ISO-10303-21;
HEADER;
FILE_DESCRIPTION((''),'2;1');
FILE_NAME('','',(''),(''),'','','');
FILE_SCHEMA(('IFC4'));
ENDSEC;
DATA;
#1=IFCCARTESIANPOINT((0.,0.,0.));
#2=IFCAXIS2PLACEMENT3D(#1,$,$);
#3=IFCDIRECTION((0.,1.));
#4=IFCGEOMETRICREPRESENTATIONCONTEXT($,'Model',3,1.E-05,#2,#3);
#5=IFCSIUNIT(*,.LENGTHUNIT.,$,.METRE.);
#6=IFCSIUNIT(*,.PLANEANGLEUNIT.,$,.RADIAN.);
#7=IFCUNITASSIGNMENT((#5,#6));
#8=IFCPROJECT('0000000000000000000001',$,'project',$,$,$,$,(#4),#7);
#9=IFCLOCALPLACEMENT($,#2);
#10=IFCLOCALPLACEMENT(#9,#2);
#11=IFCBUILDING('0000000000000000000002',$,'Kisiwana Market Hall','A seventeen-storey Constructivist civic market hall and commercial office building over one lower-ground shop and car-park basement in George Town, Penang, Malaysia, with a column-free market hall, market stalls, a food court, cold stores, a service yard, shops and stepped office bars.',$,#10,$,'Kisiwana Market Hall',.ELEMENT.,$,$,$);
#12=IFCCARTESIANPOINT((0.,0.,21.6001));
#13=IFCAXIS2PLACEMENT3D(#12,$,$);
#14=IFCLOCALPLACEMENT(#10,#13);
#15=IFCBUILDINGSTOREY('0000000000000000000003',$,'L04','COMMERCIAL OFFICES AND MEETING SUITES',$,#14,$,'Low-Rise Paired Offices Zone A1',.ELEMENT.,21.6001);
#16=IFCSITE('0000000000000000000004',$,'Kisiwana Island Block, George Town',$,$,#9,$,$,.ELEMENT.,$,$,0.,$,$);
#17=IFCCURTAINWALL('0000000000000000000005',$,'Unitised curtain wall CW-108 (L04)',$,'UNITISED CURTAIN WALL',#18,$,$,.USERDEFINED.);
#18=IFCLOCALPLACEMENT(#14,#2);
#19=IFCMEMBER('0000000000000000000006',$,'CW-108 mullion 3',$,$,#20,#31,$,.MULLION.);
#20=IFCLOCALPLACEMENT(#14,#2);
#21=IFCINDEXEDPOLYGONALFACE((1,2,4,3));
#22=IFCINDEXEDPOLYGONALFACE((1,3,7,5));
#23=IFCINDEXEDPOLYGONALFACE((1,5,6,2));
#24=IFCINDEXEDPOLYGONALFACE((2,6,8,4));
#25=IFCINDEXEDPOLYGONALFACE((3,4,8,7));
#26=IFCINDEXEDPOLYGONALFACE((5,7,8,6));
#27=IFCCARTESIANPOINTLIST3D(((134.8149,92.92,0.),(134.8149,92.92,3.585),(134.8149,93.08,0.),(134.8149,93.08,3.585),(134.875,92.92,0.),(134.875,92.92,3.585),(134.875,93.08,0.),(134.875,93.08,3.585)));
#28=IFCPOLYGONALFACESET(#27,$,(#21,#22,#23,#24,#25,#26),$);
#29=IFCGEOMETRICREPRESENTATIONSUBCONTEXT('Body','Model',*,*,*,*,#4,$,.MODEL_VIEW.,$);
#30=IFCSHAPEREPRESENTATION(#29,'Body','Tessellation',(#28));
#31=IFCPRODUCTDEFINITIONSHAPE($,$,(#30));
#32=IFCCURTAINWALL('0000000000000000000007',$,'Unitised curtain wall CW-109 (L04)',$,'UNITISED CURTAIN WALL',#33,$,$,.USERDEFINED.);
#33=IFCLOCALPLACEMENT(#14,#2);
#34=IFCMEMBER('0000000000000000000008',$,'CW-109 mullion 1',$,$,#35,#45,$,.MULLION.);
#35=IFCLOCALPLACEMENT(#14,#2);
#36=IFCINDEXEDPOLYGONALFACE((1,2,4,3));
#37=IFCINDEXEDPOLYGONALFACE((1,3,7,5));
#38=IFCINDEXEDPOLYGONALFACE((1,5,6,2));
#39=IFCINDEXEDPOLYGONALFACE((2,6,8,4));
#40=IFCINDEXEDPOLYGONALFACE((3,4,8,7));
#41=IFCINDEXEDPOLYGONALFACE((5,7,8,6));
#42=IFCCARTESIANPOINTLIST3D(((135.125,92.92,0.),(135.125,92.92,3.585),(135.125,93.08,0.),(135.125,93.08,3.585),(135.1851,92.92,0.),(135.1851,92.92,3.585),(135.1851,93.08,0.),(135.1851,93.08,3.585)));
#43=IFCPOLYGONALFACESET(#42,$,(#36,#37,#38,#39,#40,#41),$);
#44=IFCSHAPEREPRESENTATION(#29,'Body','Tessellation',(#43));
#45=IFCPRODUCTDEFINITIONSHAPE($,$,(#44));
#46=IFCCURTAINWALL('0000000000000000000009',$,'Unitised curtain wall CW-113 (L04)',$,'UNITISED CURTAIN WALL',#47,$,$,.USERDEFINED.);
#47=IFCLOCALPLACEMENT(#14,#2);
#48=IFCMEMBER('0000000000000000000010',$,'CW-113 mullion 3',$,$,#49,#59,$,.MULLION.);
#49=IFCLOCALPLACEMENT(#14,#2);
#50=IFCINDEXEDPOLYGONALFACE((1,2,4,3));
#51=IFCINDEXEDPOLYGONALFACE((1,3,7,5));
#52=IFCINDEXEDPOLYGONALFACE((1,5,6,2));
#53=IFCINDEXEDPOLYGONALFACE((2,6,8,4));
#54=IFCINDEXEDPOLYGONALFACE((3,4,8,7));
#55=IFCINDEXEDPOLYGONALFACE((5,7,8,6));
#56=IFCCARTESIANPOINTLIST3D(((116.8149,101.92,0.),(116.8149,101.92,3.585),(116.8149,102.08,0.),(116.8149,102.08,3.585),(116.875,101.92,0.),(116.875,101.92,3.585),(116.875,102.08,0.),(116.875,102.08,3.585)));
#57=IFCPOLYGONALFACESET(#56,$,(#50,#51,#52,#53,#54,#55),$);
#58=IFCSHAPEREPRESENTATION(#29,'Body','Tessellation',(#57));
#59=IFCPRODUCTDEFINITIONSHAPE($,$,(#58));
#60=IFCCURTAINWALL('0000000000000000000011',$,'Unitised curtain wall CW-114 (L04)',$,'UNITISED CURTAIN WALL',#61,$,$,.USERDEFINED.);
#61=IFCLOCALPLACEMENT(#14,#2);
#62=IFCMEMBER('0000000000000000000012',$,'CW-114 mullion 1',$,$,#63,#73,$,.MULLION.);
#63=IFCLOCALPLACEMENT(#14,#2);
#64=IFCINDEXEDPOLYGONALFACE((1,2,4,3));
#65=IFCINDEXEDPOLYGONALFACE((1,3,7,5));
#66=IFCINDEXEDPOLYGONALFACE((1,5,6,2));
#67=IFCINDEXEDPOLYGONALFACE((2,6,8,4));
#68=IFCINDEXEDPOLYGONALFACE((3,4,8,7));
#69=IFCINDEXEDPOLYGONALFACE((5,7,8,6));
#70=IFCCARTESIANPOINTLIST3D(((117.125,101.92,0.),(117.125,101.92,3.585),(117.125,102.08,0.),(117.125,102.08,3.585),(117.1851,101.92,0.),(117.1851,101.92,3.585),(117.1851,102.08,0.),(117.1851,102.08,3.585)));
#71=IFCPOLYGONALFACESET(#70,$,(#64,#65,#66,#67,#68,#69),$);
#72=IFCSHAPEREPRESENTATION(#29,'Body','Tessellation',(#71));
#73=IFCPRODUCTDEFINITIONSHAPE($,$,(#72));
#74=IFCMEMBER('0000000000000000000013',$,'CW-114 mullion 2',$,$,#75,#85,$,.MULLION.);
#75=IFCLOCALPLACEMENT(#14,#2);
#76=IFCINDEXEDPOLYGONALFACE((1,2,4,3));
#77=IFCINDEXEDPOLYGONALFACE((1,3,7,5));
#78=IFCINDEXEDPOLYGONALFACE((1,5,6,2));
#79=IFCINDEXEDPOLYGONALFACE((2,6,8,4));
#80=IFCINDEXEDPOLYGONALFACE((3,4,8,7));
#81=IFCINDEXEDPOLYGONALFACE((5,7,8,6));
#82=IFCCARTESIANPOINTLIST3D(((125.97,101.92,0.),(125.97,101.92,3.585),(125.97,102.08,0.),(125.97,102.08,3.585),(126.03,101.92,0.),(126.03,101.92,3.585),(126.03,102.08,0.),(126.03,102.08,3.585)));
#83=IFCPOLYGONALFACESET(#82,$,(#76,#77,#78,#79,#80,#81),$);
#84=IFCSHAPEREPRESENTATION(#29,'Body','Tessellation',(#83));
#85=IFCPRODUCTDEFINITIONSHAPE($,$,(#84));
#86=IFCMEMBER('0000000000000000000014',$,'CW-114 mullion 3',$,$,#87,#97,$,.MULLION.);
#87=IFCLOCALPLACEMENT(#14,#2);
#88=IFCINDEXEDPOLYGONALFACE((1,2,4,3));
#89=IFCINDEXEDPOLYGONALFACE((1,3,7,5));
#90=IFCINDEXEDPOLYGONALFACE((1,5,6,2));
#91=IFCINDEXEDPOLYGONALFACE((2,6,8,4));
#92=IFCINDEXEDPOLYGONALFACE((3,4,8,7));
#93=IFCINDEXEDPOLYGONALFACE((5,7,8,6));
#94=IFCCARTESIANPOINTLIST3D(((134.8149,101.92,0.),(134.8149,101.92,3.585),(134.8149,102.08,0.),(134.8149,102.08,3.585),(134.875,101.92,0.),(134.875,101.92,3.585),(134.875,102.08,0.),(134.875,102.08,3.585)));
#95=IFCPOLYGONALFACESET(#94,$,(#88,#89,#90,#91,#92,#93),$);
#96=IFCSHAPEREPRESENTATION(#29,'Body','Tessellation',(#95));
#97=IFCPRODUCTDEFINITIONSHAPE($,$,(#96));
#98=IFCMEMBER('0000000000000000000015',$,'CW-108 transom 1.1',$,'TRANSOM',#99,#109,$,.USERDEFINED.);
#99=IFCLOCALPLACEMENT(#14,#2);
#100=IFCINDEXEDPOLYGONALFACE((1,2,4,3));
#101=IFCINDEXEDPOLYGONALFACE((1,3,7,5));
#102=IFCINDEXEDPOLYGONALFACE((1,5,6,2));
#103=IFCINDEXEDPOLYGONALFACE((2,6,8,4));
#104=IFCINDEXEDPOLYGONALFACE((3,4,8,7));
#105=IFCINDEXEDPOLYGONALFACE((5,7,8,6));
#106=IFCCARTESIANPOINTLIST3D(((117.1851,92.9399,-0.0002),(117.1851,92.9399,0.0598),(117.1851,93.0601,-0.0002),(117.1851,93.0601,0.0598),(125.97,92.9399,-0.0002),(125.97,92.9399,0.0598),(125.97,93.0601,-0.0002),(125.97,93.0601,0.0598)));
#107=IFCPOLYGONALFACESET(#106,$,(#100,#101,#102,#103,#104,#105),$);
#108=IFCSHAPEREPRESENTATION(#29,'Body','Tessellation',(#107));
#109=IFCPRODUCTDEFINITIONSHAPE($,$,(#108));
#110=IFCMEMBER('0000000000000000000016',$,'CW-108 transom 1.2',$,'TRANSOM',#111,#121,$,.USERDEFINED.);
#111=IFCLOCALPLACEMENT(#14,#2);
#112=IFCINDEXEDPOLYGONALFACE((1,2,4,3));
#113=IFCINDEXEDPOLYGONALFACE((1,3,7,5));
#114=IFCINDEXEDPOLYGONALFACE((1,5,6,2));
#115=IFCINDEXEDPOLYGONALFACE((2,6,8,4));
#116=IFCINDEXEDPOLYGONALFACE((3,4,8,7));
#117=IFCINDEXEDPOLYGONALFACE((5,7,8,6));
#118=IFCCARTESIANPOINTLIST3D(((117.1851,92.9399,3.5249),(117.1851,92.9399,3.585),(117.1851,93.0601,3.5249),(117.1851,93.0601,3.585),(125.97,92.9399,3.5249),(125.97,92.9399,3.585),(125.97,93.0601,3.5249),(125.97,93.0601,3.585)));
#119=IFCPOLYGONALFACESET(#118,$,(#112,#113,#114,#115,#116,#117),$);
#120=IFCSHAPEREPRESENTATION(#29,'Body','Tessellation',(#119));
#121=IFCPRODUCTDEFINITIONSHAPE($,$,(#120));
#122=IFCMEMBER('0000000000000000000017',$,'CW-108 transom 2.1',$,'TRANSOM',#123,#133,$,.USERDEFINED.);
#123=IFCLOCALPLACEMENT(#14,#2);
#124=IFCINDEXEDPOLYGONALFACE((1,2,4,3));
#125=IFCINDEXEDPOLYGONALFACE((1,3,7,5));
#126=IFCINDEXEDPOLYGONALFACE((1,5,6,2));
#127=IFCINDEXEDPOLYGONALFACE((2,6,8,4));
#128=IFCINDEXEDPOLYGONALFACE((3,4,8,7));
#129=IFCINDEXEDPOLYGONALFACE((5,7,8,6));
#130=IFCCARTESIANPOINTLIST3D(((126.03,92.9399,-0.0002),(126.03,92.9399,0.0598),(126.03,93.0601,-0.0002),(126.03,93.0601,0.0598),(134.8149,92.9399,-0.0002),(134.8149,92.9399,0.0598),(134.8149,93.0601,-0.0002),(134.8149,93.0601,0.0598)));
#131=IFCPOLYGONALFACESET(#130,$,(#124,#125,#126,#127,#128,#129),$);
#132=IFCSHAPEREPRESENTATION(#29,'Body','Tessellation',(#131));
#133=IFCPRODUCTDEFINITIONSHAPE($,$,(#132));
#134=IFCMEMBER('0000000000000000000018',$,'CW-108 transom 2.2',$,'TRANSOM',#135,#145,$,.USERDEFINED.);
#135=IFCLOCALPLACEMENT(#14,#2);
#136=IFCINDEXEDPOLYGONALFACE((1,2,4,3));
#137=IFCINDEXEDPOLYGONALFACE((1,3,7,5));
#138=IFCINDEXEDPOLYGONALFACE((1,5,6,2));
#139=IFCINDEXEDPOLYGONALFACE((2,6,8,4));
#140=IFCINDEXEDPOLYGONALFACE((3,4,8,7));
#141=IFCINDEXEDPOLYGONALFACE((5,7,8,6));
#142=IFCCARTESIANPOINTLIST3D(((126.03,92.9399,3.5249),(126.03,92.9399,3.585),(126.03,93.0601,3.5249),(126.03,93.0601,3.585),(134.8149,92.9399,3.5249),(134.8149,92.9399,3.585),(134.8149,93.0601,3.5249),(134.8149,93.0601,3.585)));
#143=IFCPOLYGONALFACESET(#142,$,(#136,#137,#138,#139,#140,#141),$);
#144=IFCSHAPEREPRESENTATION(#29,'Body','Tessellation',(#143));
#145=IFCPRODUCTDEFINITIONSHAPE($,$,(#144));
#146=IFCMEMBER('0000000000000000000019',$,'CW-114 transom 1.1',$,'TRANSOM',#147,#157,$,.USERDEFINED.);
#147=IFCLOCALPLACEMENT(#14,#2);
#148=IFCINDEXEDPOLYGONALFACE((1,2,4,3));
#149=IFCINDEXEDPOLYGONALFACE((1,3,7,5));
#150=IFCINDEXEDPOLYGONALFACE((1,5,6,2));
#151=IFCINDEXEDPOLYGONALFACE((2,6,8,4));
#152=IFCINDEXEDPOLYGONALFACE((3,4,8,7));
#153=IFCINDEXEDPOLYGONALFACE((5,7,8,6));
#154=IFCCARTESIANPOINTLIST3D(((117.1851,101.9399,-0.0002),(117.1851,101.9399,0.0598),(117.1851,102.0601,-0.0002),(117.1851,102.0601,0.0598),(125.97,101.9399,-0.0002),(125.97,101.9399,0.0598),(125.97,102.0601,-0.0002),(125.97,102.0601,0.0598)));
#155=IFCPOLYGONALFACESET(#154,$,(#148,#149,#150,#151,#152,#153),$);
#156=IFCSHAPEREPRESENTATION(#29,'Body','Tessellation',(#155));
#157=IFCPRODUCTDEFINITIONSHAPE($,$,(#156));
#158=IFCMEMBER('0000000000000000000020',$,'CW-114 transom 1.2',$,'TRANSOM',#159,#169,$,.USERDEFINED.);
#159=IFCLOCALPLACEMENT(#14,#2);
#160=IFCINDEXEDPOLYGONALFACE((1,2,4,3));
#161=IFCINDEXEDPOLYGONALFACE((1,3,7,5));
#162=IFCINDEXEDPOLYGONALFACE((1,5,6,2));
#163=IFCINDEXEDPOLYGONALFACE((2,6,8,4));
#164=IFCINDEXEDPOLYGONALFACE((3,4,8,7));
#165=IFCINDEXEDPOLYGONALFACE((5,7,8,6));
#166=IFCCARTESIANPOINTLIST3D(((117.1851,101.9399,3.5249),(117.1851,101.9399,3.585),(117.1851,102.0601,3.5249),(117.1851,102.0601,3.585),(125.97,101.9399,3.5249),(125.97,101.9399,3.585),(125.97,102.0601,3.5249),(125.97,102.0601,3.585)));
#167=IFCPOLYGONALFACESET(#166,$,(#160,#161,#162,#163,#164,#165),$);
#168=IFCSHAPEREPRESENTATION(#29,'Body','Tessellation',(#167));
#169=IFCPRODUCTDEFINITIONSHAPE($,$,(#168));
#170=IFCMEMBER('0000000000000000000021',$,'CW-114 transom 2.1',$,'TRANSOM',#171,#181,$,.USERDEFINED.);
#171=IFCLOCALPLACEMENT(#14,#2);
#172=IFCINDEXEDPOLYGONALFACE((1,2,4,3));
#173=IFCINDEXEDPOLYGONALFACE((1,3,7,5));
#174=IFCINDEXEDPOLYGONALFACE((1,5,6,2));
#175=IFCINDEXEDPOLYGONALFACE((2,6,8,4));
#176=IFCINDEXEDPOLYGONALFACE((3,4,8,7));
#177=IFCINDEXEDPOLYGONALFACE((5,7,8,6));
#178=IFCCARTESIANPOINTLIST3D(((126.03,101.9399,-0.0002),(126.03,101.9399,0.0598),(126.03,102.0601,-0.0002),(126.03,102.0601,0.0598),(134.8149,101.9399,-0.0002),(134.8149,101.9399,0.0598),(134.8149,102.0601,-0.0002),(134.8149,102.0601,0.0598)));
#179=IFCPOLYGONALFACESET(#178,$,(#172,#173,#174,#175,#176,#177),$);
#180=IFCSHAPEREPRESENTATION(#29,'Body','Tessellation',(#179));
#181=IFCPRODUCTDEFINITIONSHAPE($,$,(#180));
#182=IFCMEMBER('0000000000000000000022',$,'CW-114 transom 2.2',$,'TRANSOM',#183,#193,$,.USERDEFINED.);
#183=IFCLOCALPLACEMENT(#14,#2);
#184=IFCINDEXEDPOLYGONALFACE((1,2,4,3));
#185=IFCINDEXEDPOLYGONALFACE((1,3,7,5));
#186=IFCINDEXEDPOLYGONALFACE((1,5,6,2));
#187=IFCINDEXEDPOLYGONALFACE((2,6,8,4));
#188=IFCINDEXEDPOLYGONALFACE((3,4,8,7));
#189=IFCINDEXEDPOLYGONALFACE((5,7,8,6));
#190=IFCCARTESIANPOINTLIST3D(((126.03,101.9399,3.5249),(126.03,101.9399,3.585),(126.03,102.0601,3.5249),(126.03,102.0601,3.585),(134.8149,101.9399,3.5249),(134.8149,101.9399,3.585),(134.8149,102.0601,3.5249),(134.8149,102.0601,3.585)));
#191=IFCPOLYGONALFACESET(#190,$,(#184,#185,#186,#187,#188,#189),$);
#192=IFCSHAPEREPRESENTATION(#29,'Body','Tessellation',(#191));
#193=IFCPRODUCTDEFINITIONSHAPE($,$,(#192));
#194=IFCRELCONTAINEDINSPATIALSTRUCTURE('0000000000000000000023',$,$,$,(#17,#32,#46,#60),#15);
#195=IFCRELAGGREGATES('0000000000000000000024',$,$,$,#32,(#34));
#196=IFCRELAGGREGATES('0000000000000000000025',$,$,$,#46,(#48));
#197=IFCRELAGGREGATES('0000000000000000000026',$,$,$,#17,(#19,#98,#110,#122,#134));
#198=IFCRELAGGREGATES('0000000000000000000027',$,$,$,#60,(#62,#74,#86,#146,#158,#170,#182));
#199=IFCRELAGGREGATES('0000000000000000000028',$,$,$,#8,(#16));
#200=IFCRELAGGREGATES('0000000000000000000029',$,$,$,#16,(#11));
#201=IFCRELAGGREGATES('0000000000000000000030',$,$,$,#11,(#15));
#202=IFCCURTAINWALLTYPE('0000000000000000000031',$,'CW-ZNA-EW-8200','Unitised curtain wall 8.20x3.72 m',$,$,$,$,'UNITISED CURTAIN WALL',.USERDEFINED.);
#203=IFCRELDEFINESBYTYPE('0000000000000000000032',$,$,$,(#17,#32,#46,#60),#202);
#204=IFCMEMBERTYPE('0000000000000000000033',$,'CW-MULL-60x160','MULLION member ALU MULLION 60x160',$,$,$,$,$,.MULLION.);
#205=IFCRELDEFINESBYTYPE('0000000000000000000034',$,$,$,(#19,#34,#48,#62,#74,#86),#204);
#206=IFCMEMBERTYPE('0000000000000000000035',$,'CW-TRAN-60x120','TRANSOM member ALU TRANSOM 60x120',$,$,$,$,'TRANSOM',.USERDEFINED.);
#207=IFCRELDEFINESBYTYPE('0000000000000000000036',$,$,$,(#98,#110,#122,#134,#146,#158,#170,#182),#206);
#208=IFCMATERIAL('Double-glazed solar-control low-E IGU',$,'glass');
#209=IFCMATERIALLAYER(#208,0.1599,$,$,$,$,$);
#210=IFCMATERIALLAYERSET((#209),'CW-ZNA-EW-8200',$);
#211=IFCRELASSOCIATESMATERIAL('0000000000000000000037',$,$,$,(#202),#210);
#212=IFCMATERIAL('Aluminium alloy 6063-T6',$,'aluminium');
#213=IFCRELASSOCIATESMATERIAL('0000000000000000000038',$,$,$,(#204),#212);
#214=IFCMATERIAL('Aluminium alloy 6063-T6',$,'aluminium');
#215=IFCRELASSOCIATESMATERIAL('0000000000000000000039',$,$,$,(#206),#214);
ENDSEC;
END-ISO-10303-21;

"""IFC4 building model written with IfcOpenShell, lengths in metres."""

from ifc_helpers import new_model, si_unit, direction, frame, origin, origin_2d, place, context, subcontext, project, spatial, rectangle, extrude, material, layer, layer_set, material_profile, profile_set, type_object, element, aggregate, save


model = new_model("IFC4")

# Units and contexts
model_context = context("Model", 3, precision=1e-05, world=origin(), true_north=direction((0.0, 1.0)))
body_context = subcontext(model_context, "Body", "Model", "MODEL_VIEW")
ifc_project = project(units=[si_unit("LENGTHUNIT", "METRE"), si_unit("PLANEANGLEUNIT", "RADIAN")], contexts=[model_context])

# Site, building, storey
site_placement = place(None, origin())
site = spatial("IfcSite", under=ifc_project, at=site_placement, Name="Kisiwana Island Block, George Town", CompositionType="ELEMENT", RefElevation=0.0)
building_placement = place(site_placement, origin())
building = spatial("IfcBuilding", under=site, at=building_placement, Name="Kisiwana Market Hall", Description="A seventeen-storey Constructivist civic market hall and commercial office building over one lower-ground shop and car-park basement in George Town, Penang, Malaysia, with a column-free market hall, market stalls, a food court, cold stores, a service yard, shops and stepped office bars.", LongName="Kisiwana Market Hall", CompositionType="ELEMENT")
storey_placement = place(building_placement, frame((0.0, 0.0, 21.6001)))
storey = spatial("IfcBuildingStorey", under=building, at=storey_placement, Name="L04", Description="COMMERCIAL OFFICES AND MEETING SUITES", LongName="Low-Rise Paired Offices Zone A1", CompositionType="ELEMENT", Elevation=21.6001)

# Shared definitions
ifc_material_1 = material(Name="Double-glazed solar-control low-E IGU", Category="glass")
ifc_layer_1 = layer(ifc_material_1, 0.1599)
ifc_layer_set_1 = layer_set([ifc_layer_1], Name="CW-ZNA-EW-8200")
curtain_wall_type = type_object("IfcCurtainWallType", Name="CW-ZNA-EW-8200", Description="Unitised curtain wall 8.20x3.72 m", ElementType="UNITISED CURTAIN WALL", PredefinedType="USERDEFINED", material=ifc_layer_set_1)
ifc_material_2 = material(Name="Aluminium alloy 6063-T6", Category="aluminium")
ifc_material_profile_1 = material_profile(ifc_material_2, rectangle(XDim=0.0601, YDim=0.1599, at=origin_2d()), Name="ALU MULLION 60x160")
ifc_profile_set_1 = profile_set([ifc_material_profile_1], Name="Aluminium alloy 6063-T6")
member_type_1 = type_object("IfcMemberType", Name="CW-MULL-60x160", Description="MULLION member ALU MULLION 60x160", PredefinedType="MULLION", material=ifc_profile_set_1)

# Curtain wall, member
curtain_wall_1_placement = place(storey_placement, origin())
curtain_wall_1 = element("IfcCurtainWall", 1, at=curtain_wall_1_placement, inside=storey, type_object=curtain_wall_type, Name="Unitised curtain wall CW-108 (L04)", ObjectType="UNITISED CURTAIN WALL", PredefinedType="USERDEFINED")
member_1_placement = place(storey_placement, frame((134.845, 93.0, 0.0), z_axis=(0.0, 0.0, 1.0), x_axis=(1.0, 0.0, 0.0)))
member_1 = element("IfcMember", 2, at=member_1_placement, type_object=member_type_1, Name="CW-108 mullion 3", PredefinedType="MULLION", context=body_context, shape_type="SweptSolid", body=[
    extrude(rectangle(XDim=0.0601, YDim=0.1599, at=origin_2d()), origin(), (0.0, 0.0, 1.0), 3.585),
])

# Curtain walls, members
curtain_wall_2_placement = place(storey_placement, origin())
curtain_wall_2 = element("IfcCurtainWall", 3, at=curtain_wall_2_placement, inside=storey, type_object=curtain_wall_type, Name="Unitised curtain wall CW-109 (L04)", ObjectType="UNITISED CURTAIN WALL", PredefinedType="USERDEFINED")
member_2_placement = place(storey_placement, frame((135.155, 93.0, 0.0), z_axis=(0.0, 0.0, 1.0), x_axis=(1.0, 0.0, 0.0)))
member_2 = element("IfcMember", 4, at=member_2_placement, type_object=member_type_1, Name="CW-109 mullion 1", PredefinedType="MULLION", context=body_context, shape_type="SweptSolid", body=[
    extrude(rectangle(XDim=0.0601, YDim=0.1599, at=origin_2d()), origin(), (0.0, 0.0, 1.0), 3.585),
])
aggregate(curtain_wall_2, [member_2])
curtain_wall_3_placement = place(storey_placement, origin())
curtain_wall_3 = element("IfcCurtainWall", 5, at=curtain_wall_3_placement, inside=storey, type_object=curtain_wall_type, Name="Unitised curtain wall CW-113 (L04)", ObjectType="UNITISED CURTAIN WALL", PredefinedType="USERDEFINED")
member_3_placement = place(storey_placement, frame((116.845, 102.0, 0.0), z_axis=(0.0, 0.0, 1.0), x_axis=(1.0, 0.0, 0.0)))
member_3 = element("IfcMember", 6, at=member_3_placement, type_object=member_type_1, Name="CW-113 mullion 3", PredefinedType="MULLION", context=body_context, shape_type="SweptSolid", body=[
    extrude(rectangle(XDim=0.0601, YDim=0.1599, at=origin_2d()), origin(), (0.0, 0.0, 1.0), 3.585),
])

# Curtain wall, members
curtain_wall_4_placement = place(storey_placement, origin())
curtain_wall_4 = element("IfcCurtainWall", 7, at=curtain_wall_4_placement, inside=storey, type_object=curtain_wall_type, Name="Unitised curtain wall CW-114 (L04)", ObjectType="UNITISED CURTAIN WALL", PredefinedType="USERDEFINED")
member_4_placement = place(storey_placement, frame((117.155, 102.0, 0.0), z_axis=(0.0, 0.0, 1.0), x_axis=(1.0, 0.0, 0.0)))
member_4 = element("IfcMember", 8, at=member_4_placement, type_object=member_type_1, Name="CW-114 mullion 1", PredefinedType="MULLION", context=body_context, shape_type="SweptSolid", body=[
    extrude(rectangle(XDim=0.0601, YDim=0.1599, at=origin_2d()), origin(), (0.0, 0.0, 1.0), 3.585),
])
member_5_placement = place(storey_placement, frame((126.0, 102.0, 0.0), z_axis=(0.0, 0.0, 1.0), x_axis=(1.0, 0.0, 0.0)))
member_5 = element("IfcMember", 9, at=member_5_placement, type_object=member_type_1, Name="CW-114 mullion 2", PredefinedType="MULLION", context=body_context, shape_type="SweptSolid", body=[
    extrude(rectangle(XDim=0.0601, YDim=0.1599, at=origin_2d()), origin(), (0.0, 0.0, 1.0), 3.585),
])
member_6_placement = place(storey_placement, frame((134.845, 102.0, 0.0), z_axis=(0.0, 0.0, 1.0), x_axis=(1.0, 0.0, 0.0)))
member_6 = element("IfcMember", 10, at=member_6_placement, type_object=member_type_1, Name="CW-114 mullion 3", PredefinedType="MULLION", context=body_context, shape_type="SweptSolid", body=[
    extrude(rectangle(XDim=0.0601, YDim=0.1599, at=origin_2d()), origin(), (0.0, 0.0, 1.0), 3.585),
])

# Members
ifc_material_3 = material(Name="Aluminium alloy 6063-T6", Category="aluminium")
ifc_material_profile_2 = material_profile(ifc_material_3, rectangle(XDim=0.1201, YDim=0.0601, at=origin_2d()), Name="ALU TRANSOM 60x120")
ifc_profile_set_2 = profile_set([ifc_material_profile_2], Name="Aluminium alloy 6063-T6")
member_type_2 = type_object("IfcMemberType", Name="CW-TRAN-60x120", Description="TRANSOM member ALU TRANSOM 60x120", ElementType="TRANSOM", PredefinedType="USERDEFINED", material=ifc_profile_set_2)
member_7_placement = place(storey_placement, frame((117.1851, 93.0, 0.0298), z_axis=(1.0, 0.0, 0.0), x_axis=(0.0, 1.0, 0.0)))
member_7 = element("IfcMember", 11, at=member_7_placement, type_object=member_type_2, Name="CW-108 transom 1.1", ObjectType="TRANSOM", PredefinedType="USERDEFINED", context=body_context, shape_type="SweptSolid", body=[
    extrude(rectangle(XDim=0.1201, YDim=0.0601, at=origin_2d()), origin(), (0.0, 0.0, 1.0), 8.7849),
])
member_8_placement = place(storey_placement, frame((117.1851, 93.0, 3.5549), z_axis=(1.0, 0.0, 0.0), x_axis=(0.0, 1.0, 0.0)))
member_8 = element("IfcMember", 12, at=member_8_placement, type_object=member_type_2, Name="CW-108 transom 1.2", ObjectType="TRANSOM", PredefinedType="USERDEFINED", context=body_context, shape_type="SweptSolid", body=[
    extrude(rectangle(XDim=0.1201, YDim=0.0601, at=origin_2d()), origin(), (0.0, 0.0, 1.0), 8.7849),
])
member_9_placement = place(storey_placement, frame((126.03, 93.0, 0.0298), z_axis=(1.0, 0.0, 0.0), x_axis=(0.0, 1.0, 0.0)))
member_9 = element("IfcMember", 13, at=member_9_placement, type_object=member_type_2, Name="CW-108 transom 2.1", ObjectType="TRANSOM", PredefinedType="USERDEFINED", context=body_context, shape_type="SweptSolid", body=[
    extrude(rectangle(XDim=0.1201, YDim=0.0601, at=origin_2d()), origin(), (0.0, 0.0, 1.0), 8.7849),
])
member_10_placement = place(storey_placement, frame((126.03, 93.0, 3.5549), z_axis=(1.0, 0.0, 0.0), x_axis=(0.0, 1.0, 0.0)))
member_10 = element("IfcMember", 14, at=member_10_placement, type_object=member_type_2, Name="CW-108 transom 2.2", ObjectType="TRANSOM", PredefinedType="USERDEFINED", context=body_context, shape_type="SweptSolid", body=[
    extrude(rectangle(XDim=0.1201, YDim=0.0601, at=origin_2d()), origin(), (0.0, 0.0, 1.0), 8.7849),
])
member_11_placement = place(storey_placement, frame((117.1851, 102.0, 0.0298), z_axis=(1.0, 0.0, 0.0), x_axis=(0.0, 1.0, 0.0)))
member_11 = element("IfcMember", 15, at=member_11_placement, type_object=member_type_2, Name="CW-114 transom 1.1", ObjectType="TRANSOM", PredefinedType="USERDEFINED", context=body_context, shape_type="SweptSolid", body=[
    extrude(rectangle(XDim=0.1201, YDim=0.0601, at=origin_2d()), origin(), (0.0, 0.0, 1.0), 8.7849),
])
member_12_placement = place(storey_placement, frame((117.1851, 102.0, 3.5549), z_axis=(1.0, 0.0, 0.0), x_axis=(0.0, 1.0, 0.0)))
member_12 = element("IfcMember", 16, at=member_12_placement, type_object=member_type_2, Name="CW-114 transom 1.2", ObjectType="TRANSOM", PredefinedType="USERDEFINED", context=body_context, shape_type="SweptSolid", body=[
    extrude(rectangle(XDim=0.1201, YDim=0.0601, at=origin_2d()), origin(), (0.0, 0.0, 1.0), 8.7849),
])
member_13_placement = place(storey_placement, frame((126.03, 102.0, 0.0298), z_axis=(1.0, 0.0, 0.0), x_axis=(0.0, 1.0, 0.0)))
member_13 = element("IfcMember", 17, at=member_13_placement, type_object=member_type_2, Name="CW-114 transom 2.1", ObjectType="TRANSOM", PredefinedType="USERDEFINED", context=body_context, shape_type="SweptSolid", body=[
    extrude(rectangle(XDim=0.1201, YDim=0.0601, at=origin_2d()), origin(), (0.0, 0.0, 1.0), 8.7849),
])
member_14_placement = place(storey_placement, frame((126.03, 102.0, 3.5549), z_axis=(1.0, 0.0, 0.0), x_axis=(0.0, 1.0, 0.0)))
member_14 = element("IfcMember", 18, at=member_14_placement, type_object=member_type_2, Name="CW-114 transom 2.2", ObjectType="TRANSOM", PredefinedType="USERDEFINED", context=body_context, shape_type="SweptSolid", body=[
    extrude(rectangle(XDim=0.1201, YDim=0.0601, at=origin_2d()), origin(), (0.0, 0.0, 1.0), 8.7849),
])

aggregate(curtain_wall_3, [member_3])
aggregate(curtain_wall_1, [member_1, member_7, member_8, member_9, member_10])
aggregate(curtain_wall_4, [member_4, member_5, member_6, member_11, member_12, member_13, member_14])

save(model, "model.ifc")
